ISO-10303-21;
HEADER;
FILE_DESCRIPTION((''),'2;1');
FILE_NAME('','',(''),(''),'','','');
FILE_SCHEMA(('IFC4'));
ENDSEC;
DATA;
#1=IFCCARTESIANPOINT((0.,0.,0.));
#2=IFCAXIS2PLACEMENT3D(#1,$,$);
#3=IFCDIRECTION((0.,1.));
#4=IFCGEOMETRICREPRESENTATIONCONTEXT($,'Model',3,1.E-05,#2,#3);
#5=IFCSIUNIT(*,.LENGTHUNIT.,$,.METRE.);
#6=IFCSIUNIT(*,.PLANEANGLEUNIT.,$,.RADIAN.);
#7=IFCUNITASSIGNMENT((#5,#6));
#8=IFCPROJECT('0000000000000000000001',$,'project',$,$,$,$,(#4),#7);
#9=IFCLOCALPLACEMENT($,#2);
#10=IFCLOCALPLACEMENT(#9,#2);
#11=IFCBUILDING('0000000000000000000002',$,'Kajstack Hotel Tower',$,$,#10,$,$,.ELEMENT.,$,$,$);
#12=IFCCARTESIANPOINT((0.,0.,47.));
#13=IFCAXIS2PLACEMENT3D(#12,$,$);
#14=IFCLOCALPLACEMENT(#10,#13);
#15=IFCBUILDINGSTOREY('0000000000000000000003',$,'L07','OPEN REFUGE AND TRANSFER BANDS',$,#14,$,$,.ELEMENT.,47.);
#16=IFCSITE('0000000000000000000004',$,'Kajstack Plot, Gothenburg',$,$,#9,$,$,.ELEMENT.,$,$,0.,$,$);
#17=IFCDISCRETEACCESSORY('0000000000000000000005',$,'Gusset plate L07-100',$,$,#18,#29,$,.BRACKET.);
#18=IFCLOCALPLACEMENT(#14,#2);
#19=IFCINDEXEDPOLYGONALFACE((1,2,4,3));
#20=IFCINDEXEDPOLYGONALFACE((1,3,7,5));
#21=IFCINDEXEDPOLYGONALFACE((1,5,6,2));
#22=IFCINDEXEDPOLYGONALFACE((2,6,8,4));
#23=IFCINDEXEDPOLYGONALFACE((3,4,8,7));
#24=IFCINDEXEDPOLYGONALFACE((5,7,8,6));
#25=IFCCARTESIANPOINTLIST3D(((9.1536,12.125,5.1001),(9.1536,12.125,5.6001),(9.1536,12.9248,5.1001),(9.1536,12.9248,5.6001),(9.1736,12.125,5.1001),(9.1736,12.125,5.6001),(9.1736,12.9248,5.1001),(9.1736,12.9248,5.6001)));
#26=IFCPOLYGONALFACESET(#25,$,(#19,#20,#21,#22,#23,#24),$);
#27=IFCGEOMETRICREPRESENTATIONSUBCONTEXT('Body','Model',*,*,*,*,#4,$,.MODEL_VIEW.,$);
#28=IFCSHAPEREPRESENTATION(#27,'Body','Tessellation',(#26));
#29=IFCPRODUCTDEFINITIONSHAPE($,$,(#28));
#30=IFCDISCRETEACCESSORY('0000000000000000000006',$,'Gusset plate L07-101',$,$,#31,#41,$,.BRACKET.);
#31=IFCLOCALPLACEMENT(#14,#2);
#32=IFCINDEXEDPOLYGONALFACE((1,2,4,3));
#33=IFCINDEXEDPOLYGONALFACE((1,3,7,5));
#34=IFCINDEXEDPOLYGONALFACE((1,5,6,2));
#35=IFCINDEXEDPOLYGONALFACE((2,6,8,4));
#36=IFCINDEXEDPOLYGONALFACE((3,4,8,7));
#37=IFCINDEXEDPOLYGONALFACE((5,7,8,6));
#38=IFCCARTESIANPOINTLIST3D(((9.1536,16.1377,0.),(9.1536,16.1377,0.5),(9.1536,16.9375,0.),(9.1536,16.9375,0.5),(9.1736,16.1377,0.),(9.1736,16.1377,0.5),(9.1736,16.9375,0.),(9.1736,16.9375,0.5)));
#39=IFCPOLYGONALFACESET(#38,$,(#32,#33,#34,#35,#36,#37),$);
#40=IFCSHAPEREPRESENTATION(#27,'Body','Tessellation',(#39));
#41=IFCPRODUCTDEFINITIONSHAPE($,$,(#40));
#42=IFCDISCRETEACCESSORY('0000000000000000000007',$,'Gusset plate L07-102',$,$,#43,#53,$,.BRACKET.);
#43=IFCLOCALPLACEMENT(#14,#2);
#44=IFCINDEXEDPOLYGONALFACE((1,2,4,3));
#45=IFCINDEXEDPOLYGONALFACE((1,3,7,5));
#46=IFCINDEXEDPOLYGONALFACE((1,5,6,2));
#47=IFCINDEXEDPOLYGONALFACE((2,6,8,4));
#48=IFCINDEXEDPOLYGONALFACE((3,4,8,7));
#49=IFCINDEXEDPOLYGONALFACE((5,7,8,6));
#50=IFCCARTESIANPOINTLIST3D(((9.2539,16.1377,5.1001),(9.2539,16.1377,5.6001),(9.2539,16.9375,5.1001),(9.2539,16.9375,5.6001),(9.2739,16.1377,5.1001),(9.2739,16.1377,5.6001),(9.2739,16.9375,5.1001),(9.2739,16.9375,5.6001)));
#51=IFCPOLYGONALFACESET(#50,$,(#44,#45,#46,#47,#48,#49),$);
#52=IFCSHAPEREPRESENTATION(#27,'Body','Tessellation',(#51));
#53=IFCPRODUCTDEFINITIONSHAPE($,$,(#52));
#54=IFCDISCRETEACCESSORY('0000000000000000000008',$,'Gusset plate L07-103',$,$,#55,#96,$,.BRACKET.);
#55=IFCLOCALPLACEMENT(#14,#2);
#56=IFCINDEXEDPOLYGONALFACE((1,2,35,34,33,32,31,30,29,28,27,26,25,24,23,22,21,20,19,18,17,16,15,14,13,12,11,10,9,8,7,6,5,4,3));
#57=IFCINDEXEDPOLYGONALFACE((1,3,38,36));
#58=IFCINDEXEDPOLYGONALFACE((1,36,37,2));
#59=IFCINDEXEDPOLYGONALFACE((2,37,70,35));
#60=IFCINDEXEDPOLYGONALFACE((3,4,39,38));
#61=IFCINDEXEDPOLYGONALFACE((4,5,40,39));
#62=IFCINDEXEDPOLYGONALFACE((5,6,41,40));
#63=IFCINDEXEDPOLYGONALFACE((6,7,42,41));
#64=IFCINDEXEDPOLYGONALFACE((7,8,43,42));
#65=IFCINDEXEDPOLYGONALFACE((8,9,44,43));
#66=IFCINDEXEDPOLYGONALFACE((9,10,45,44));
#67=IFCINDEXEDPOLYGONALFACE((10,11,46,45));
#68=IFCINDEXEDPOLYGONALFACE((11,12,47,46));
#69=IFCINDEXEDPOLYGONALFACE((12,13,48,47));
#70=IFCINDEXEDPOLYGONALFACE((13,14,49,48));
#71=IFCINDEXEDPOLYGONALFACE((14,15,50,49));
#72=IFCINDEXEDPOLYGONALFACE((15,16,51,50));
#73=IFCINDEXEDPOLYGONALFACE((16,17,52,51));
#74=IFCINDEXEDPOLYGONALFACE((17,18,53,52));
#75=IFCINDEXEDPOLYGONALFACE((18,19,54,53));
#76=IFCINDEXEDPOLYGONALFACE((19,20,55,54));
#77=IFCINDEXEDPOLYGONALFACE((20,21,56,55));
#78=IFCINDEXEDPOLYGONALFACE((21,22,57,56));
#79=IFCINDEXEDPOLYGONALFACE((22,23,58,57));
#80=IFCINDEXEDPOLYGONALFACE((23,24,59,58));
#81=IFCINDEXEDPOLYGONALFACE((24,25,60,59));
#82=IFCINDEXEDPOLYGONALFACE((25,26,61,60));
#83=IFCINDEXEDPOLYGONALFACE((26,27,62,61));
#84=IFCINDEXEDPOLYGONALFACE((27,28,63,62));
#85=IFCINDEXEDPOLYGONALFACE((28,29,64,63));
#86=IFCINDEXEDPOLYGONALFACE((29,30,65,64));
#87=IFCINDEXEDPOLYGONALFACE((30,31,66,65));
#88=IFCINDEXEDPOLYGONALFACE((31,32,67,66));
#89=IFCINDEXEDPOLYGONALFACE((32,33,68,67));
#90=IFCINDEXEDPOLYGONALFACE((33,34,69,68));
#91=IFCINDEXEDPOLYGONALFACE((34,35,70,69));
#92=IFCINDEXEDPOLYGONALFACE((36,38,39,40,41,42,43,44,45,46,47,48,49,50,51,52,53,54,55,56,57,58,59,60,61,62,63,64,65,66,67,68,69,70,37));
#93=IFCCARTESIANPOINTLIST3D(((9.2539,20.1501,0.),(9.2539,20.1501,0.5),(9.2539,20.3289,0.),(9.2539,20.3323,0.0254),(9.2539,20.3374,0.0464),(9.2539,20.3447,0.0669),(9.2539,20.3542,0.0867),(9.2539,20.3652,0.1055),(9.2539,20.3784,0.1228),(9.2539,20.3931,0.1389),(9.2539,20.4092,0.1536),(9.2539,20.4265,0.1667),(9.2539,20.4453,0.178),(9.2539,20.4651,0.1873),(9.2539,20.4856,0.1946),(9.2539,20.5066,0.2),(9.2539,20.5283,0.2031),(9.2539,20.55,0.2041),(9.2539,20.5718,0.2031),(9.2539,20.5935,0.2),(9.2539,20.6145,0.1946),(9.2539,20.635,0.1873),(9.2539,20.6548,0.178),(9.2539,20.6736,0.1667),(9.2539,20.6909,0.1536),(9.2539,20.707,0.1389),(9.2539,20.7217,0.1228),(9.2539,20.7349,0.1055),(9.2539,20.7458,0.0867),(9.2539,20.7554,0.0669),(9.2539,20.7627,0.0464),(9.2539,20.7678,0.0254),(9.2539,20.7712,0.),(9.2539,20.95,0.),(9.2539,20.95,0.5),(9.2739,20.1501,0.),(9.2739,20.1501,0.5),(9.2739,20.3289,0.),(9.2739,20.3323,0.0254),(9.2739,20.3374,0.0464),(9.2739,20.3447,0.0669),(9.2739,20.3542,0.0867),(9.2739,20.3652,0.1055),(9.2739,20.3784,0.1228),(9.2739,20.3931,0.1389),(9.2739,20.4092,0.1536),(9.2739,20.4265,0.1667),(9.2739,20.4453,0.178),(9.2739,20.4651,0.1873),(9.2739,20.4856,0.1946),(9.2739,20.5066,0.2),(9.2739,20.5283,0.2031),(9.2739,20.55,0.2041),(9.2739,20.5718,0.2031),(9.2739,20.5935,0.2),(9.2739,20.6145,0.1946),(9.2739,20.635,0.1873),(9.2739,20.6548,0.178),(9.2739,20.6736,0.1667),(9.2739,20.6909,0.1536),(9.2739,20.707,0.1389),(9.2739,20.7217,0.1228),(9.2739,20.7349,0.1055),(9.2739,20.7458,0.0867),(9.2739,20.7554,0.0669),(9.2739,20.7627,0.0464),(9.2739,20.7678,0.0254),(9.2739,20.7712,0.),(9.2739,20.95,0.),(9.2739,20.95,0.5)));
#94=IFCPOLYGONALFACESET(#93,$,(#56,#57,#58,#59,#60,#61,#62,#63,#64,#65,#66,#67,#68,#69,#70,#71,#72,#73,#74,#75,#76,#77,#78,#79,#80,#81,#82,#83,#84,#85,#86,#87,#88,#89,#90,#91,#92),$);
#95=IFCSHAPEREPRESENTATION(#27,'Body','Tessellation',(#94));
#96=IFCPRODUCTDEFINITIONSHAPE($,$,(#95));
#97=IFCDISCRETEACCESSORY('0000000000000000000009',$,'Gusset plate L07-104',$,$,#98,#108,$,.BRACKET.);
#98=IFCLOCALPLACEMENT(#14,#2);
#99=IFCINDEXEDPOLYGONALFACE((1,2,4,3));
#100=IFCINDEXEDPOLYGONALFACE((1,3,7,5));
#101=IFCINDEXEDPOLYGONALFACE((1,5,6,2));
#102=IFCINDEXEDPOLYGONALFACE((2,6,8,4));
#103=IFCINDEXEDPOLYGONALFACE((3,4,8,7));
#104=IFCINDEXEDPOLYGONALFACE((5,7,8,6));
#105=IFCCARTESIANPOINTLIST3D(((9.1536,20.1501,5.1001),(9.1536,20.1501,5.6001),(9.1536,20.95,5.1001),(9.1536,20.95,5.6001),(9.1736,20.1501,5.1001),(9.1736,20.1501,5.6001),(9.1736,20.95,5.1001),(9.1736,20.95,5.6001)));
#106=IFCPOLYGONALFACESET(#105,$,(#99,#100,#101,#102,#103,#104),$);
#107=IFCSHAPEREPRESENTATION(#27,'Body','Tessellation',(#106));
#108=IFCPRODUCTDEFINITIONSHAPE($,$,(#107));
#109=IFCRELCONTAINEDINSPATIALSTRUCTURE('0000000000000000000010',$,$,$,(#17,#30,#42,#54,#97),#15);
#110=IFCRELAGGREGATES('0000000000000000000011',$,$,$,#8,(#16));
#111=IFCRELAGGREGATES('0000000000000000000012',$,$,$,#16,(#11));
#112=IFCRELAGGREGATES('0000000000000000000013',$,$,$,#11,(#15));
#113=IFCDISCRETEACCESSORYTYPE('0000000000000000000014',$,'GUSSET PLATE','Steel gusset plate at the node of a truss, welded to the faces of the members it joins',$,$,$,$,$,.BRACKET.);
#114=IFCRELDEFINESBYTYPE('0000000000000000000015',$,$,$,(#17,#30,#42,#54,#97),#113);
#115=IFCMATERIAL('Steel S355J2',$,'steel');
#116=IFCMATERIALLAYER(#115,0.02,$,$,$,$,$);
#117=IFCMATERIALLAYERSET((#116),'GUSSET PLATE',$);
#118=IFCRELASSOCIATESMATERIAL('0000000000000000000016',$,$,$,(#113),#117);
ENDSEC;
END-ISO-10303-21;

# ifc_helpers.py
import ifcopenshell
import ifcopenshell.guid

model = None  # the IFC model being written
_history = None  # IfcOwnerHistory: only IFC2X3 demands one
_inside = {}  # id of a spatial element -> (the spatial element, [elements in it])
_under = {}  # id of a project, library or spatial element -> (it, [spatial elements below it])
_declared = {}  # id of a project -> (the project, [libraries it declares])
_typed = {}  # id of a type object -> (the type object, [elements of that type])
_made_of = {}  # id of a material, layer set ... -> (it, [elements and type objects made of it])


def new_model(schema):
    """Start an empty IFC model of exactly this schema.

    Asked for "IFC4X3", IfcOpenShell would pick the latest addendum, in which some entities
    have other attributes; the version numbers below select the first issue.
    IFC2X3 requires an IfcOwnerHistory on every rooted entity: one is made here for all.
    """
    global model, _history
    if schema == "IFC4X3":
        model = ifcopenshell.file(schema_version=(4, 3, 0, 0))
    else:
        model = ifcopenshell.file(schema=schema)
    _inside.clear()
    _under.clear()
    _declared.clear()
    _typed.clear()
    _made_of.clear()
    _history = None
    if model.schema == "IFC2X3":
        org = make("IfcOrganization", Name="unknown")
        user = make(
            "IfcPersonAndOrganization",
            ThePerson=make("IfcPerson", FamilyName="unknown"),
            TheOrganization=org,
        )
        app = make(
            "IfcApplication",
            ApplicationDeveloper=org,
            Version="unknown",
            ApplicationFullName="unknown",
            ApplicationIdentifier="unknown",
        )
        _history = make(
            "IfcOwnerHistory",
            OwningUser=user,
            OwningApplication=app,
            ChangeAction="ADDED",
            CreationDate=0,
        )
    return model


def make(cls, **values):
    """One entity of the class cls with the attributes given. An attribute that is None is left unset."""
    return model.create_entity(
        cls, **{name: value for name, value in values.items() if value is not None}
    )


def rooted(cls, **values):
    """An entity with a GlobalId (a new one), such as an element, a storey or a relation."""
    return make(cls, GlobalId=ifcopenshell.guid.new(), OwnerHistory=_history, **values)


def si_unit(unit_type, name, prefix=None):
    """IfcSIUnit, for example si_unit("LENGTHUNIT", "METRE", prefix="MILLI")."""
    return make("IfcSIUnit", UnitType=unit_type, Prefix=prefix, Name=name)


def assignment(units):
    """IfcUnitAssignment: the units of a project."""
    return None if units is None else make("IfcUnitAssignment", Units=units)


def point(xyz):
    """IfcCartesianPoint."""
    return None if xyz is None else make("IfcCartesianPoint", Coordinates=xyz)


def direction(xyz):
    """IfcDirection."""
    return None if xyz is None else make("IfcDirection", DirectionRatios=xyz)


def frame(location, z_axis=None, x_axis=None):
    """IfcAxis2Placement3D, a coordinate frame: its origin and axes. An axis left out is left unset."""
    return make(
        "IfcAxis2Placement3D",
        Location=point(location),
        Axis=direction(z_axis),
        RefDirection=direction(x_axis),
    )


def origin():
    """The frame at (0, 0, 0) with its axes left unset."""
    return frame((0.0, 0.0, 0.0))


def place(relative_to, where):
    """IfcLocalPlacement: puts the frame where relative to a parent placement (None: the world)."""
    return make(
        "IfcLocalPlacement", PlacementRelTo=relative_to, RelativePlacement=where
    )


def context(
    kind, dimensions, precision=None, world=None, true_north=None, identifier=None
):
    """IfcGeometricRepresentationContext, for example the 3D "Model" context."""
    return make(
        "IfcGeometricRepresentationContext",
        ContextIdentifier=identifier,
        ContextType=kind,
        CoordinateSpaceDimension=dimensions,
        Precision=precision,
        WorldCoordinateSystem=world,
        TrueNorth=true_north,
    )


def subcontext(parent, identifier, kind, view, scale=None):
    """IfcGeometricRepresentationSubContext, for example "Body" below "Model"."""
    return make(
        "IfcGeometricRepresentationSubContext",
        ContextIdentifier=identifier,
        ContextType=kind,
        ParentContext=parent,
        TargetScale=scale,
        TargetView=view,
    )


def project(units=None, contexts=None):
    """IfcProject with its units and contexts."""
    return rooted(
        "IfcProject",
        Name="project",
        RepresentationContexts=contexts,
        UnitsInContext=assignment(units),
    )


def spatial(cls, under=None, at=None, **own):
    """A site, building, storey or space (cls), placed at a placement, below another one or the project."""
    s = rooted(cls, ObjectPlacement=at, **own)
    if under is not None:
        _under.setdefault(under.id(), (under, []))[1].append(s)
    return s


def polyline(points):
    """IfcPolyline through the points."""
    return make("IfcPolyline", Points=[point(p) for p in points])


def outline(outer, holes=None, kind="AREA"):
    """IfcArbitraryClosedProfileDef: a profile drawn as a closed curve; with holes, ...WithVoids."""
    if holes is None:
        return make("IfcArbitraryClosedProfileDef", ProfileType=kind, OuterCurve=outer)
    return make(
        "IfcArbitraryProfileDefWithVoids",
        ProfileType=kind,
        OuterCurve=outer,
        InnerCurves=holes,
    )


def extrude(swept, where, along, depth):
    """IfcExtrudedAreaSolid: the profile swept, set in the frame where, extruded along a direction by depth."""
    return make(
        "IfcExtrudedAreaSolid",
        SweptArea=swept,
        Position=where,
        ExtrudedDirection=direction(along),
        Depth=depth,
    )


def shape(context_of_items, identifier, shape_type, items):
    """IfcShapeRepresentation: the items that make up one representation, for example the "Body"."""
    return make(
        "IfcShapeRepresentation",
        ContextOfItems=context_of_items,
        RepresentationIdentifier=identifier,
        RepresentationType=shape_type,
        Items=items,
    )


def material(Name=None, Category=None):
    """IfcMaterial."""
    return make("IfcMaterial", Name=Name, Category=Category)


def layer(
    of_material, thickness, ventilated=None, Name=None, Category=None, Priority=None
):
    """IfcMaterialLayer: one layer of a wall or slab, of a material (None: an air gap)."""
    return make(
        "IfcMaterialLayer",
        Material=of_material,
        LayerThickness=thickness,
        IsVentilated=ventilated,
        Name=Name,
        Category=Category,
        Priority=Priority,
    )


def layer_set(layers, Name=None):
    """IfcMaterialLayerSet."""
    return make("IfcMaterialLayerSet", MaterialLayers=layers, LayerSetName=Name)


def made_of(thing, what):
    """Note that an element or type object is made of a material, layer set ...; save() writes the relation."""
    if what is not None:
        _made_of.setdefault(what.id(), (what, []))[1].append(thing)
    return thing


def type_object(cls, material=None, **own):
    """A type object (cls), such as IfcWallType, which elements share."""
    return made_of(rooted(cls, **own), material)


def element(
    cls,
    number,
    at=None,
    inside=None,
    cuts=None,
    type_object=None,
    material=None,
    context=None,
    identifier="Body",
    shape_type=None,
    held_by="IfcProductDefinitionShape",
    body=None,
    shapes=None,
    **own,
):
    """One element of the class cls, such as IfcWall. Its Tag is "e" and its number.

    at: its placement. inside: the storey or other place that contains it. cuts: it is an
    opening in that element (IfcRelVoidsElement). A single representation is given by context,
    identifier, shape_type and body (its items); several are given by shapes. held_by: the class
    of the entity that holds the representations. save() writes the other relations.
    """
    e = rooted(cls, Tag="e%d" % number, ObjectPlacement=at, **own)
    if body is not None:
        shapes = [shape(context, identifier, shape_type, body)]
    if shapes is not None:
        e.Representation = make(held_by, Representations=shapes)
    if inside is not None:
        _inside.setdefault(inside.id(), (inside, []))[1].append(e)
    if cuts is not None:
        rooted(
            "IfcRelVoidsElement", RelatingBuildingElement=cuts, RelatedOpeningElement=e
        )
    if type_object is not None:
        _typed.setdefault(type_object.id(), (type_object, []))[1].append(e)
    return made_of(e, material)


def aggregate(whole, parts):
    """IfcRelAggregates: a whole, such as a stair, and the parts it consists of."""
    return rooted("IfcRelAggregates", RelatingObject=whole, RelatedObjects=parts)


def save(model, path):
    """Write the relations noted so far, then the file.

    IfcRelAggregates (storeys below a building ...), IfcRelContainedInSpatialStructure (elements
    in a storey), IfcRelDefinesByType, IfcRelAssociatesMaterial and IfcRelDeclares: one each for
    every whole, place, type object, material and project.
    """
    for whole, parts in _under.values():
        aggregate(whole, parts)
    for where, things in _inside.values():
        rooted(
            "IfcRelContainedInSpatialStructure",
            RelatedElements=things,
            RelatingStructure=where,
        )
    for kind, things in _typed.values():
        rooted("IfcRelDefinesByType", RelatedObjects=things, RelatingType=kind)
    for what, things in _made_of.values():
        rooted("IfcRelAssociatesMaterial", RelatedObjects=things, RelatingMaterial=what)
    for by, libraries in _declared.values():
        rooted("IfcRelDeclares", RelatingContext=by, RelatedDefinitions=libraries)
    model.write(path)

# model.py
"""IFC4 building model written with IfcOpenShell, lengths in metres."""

from ifc_helpers import new_model, si_unit, direction, frame, origin, place, context, subcontext, project, spatial, polyline, outline, extrude, material, layer, layer_set, type_object, element, save


model = new_model("IFC4")

# Units and contexts
model_context = context("Model", 3, precision=1e-05, world=origin(), true_north=direction((0.0, 1.0)))
body_context = subcontext(model_context, "Body", "Model", "MODEL_VIEW")
ifc_project = project(units=[si_unit("LENGTHUNIT", "METRE"), si_unit("PLANEANGLEUNIT", "RADIAN")], contexts=[model_context])

# Site, building, storey
site_placement = place(None, origin())
site = spatial("IfcSite", under=ifc_project, at=site_placement, Name="Kajstack Plot, Gothenburg", CompositionType="ELEMENT", RefElevation=0.0)
building_placement = place(site_placement, origin())
building = spatial("IfcBuilding", under=site, at=building_placement, Name="Kajstack Hotel Tower", CompositionType="ELEMENT")
storey_placement = place(building_placement, frame((0.0, 0.0, 47.0)))
storey = spatial("IfcBuildingStorey", under=building, at=storey_placement, Name="L07", Description="OPEN REFUGE AND TRANSFER BANDS", CompositionType="ELEMENT", Elevation=47.0)

# Shared definitions
ifc_material_1 = material(Name="Steel S355J2", Category="steel")

# Discrete accessories
ifc_layer_1 = layer(ifc_material_1, 0.02)
ifc_layer_set_1 = layer_set([ifc_layer_1], Name="GUSSET PLATE")
discrete_accessory_type = type_object("IfcDiscreteAccessoryType", Name="GUSSET PLATE", Description="Steel gusset plate at the node of a truss, welded to the faces of the members it joins", PredefinedType="BRACKET", material=ifc_layer_set_1)
for number, where, z_axis, x_axis, name in (
    (1, (9.1536, 12.5249, 5.1001), (1.0, 0.0, 0.0), (0.0, 1.0, 0.0), "Gusset plate L07-100"),
    (2, (9.1536, 16.5376, 0.0), (1.0, 0.0, 0.0), (0.0, 1.0, 0.0), "Gusset plate L07-101"),
    (3, (9.2539, 16.5376, 5.1001), (1.0, 0.0, 0.0), (0.0, 1.0, 0.0), "Gusset plate L07-102"),
):
    element("IfcDiscreteAccessory", number, at=place(storey_placement, frame(where, z_axis=z_axis, x_axis=x_axis)), inside=storey, type_object=discrete_accessory_type, Name=name, PredefinedType="BRACKET", context=body_context, shape_type="SweptSolid", body=[
        extrude(outline(polyline([(-0.3999, 0.0), (0.3999, 0.0), (0.3999, 0.5), (-0.3999, 0.5), (-0.3999, 0.0)])), origin(), (0.0, 0.0, 1.0), 0.02),
    ])
discrete_accessory_1_placement = place(storey_placement, frame((9.2539, 20.55, 0.0), z_axis=(1.0, 0.0, 0.0), x_axis=(0.0, 1.0, 0.0)))
element("IfcDiscreteAccessory", 4, at=discrete_accessory_1_placement, inside=storey, type_object=discrete_accessory_type, Name="Gusset plate L07-103", PredefinedType="BRACKET", context=body_context, shape_type="SweptSolid", body=[
    extrude(outline(polyline([(-0.3999, 0.0), (-0.2212, 0.0), (-0.2178, 0.0254), (-0.2126, 0.0464), (-0.2053, 0.0669), (-0.1958, 0.0867), (-0.1848, 0.1055), (-0.1716, 0.1228), (-0.157, 0.1389), (-0.1409, 0.1536), (-0.1235, 0.1667), (-0.1047, 0.178), (-0.085, 0.1873), (-0.0645, 0.1946), (-0.0435, 0.2), (-0.0217, 0.2031), (0.0, 0.2041), (0.0217, 0.2031), (0.0435, 0.2), (0.0645, 0.1946), (0.085, 0.1873), (0.1047, 0.178), (0.1235, 0.1667), (0.1409, 0.1536), (0.157, 0.1389), (0.1716, 0.1228), (0.1848, 0.1055), (0.1958, 0.0867), (0.2053, 0.0669), (0.2126, 0.0464), (0.2178, 0.0254), (0.2212, 0.0), (0.3999, 0.0), (0.3999, 0.5), (-0.3999, 0.5), (-0.3999, 0.0)])), origin(), (0.0, 0.0, 1.0), 0.02),
])
discrete_accessory_2_placement = place(storey_placement, frame((9.1536, 20.55, 5.1001), z_axis=(1.0, 0.0, 0.0), x_axis=(0.0, 1.0, 0.0)))
element("IfcDiscreteAccessory", 5, at=discrete_accessory_2_placement, inside=storey, type_object=discrete_accessory_type, Name="Gusset plate L07-104", PredefinedType="BRACKET", context=body_context, shape_type="SweptSolid", body=[
    extrude(outline(polyline([(-0.3999, 0.0), (0.3999, 0.0), (0.3999, 0.5), (-0.3999, 0.5), (-0.3999, 0.0)])), origin(), (0.0, 0.0, 1.0), 0.02),
])

save(model, "model.ifc")
